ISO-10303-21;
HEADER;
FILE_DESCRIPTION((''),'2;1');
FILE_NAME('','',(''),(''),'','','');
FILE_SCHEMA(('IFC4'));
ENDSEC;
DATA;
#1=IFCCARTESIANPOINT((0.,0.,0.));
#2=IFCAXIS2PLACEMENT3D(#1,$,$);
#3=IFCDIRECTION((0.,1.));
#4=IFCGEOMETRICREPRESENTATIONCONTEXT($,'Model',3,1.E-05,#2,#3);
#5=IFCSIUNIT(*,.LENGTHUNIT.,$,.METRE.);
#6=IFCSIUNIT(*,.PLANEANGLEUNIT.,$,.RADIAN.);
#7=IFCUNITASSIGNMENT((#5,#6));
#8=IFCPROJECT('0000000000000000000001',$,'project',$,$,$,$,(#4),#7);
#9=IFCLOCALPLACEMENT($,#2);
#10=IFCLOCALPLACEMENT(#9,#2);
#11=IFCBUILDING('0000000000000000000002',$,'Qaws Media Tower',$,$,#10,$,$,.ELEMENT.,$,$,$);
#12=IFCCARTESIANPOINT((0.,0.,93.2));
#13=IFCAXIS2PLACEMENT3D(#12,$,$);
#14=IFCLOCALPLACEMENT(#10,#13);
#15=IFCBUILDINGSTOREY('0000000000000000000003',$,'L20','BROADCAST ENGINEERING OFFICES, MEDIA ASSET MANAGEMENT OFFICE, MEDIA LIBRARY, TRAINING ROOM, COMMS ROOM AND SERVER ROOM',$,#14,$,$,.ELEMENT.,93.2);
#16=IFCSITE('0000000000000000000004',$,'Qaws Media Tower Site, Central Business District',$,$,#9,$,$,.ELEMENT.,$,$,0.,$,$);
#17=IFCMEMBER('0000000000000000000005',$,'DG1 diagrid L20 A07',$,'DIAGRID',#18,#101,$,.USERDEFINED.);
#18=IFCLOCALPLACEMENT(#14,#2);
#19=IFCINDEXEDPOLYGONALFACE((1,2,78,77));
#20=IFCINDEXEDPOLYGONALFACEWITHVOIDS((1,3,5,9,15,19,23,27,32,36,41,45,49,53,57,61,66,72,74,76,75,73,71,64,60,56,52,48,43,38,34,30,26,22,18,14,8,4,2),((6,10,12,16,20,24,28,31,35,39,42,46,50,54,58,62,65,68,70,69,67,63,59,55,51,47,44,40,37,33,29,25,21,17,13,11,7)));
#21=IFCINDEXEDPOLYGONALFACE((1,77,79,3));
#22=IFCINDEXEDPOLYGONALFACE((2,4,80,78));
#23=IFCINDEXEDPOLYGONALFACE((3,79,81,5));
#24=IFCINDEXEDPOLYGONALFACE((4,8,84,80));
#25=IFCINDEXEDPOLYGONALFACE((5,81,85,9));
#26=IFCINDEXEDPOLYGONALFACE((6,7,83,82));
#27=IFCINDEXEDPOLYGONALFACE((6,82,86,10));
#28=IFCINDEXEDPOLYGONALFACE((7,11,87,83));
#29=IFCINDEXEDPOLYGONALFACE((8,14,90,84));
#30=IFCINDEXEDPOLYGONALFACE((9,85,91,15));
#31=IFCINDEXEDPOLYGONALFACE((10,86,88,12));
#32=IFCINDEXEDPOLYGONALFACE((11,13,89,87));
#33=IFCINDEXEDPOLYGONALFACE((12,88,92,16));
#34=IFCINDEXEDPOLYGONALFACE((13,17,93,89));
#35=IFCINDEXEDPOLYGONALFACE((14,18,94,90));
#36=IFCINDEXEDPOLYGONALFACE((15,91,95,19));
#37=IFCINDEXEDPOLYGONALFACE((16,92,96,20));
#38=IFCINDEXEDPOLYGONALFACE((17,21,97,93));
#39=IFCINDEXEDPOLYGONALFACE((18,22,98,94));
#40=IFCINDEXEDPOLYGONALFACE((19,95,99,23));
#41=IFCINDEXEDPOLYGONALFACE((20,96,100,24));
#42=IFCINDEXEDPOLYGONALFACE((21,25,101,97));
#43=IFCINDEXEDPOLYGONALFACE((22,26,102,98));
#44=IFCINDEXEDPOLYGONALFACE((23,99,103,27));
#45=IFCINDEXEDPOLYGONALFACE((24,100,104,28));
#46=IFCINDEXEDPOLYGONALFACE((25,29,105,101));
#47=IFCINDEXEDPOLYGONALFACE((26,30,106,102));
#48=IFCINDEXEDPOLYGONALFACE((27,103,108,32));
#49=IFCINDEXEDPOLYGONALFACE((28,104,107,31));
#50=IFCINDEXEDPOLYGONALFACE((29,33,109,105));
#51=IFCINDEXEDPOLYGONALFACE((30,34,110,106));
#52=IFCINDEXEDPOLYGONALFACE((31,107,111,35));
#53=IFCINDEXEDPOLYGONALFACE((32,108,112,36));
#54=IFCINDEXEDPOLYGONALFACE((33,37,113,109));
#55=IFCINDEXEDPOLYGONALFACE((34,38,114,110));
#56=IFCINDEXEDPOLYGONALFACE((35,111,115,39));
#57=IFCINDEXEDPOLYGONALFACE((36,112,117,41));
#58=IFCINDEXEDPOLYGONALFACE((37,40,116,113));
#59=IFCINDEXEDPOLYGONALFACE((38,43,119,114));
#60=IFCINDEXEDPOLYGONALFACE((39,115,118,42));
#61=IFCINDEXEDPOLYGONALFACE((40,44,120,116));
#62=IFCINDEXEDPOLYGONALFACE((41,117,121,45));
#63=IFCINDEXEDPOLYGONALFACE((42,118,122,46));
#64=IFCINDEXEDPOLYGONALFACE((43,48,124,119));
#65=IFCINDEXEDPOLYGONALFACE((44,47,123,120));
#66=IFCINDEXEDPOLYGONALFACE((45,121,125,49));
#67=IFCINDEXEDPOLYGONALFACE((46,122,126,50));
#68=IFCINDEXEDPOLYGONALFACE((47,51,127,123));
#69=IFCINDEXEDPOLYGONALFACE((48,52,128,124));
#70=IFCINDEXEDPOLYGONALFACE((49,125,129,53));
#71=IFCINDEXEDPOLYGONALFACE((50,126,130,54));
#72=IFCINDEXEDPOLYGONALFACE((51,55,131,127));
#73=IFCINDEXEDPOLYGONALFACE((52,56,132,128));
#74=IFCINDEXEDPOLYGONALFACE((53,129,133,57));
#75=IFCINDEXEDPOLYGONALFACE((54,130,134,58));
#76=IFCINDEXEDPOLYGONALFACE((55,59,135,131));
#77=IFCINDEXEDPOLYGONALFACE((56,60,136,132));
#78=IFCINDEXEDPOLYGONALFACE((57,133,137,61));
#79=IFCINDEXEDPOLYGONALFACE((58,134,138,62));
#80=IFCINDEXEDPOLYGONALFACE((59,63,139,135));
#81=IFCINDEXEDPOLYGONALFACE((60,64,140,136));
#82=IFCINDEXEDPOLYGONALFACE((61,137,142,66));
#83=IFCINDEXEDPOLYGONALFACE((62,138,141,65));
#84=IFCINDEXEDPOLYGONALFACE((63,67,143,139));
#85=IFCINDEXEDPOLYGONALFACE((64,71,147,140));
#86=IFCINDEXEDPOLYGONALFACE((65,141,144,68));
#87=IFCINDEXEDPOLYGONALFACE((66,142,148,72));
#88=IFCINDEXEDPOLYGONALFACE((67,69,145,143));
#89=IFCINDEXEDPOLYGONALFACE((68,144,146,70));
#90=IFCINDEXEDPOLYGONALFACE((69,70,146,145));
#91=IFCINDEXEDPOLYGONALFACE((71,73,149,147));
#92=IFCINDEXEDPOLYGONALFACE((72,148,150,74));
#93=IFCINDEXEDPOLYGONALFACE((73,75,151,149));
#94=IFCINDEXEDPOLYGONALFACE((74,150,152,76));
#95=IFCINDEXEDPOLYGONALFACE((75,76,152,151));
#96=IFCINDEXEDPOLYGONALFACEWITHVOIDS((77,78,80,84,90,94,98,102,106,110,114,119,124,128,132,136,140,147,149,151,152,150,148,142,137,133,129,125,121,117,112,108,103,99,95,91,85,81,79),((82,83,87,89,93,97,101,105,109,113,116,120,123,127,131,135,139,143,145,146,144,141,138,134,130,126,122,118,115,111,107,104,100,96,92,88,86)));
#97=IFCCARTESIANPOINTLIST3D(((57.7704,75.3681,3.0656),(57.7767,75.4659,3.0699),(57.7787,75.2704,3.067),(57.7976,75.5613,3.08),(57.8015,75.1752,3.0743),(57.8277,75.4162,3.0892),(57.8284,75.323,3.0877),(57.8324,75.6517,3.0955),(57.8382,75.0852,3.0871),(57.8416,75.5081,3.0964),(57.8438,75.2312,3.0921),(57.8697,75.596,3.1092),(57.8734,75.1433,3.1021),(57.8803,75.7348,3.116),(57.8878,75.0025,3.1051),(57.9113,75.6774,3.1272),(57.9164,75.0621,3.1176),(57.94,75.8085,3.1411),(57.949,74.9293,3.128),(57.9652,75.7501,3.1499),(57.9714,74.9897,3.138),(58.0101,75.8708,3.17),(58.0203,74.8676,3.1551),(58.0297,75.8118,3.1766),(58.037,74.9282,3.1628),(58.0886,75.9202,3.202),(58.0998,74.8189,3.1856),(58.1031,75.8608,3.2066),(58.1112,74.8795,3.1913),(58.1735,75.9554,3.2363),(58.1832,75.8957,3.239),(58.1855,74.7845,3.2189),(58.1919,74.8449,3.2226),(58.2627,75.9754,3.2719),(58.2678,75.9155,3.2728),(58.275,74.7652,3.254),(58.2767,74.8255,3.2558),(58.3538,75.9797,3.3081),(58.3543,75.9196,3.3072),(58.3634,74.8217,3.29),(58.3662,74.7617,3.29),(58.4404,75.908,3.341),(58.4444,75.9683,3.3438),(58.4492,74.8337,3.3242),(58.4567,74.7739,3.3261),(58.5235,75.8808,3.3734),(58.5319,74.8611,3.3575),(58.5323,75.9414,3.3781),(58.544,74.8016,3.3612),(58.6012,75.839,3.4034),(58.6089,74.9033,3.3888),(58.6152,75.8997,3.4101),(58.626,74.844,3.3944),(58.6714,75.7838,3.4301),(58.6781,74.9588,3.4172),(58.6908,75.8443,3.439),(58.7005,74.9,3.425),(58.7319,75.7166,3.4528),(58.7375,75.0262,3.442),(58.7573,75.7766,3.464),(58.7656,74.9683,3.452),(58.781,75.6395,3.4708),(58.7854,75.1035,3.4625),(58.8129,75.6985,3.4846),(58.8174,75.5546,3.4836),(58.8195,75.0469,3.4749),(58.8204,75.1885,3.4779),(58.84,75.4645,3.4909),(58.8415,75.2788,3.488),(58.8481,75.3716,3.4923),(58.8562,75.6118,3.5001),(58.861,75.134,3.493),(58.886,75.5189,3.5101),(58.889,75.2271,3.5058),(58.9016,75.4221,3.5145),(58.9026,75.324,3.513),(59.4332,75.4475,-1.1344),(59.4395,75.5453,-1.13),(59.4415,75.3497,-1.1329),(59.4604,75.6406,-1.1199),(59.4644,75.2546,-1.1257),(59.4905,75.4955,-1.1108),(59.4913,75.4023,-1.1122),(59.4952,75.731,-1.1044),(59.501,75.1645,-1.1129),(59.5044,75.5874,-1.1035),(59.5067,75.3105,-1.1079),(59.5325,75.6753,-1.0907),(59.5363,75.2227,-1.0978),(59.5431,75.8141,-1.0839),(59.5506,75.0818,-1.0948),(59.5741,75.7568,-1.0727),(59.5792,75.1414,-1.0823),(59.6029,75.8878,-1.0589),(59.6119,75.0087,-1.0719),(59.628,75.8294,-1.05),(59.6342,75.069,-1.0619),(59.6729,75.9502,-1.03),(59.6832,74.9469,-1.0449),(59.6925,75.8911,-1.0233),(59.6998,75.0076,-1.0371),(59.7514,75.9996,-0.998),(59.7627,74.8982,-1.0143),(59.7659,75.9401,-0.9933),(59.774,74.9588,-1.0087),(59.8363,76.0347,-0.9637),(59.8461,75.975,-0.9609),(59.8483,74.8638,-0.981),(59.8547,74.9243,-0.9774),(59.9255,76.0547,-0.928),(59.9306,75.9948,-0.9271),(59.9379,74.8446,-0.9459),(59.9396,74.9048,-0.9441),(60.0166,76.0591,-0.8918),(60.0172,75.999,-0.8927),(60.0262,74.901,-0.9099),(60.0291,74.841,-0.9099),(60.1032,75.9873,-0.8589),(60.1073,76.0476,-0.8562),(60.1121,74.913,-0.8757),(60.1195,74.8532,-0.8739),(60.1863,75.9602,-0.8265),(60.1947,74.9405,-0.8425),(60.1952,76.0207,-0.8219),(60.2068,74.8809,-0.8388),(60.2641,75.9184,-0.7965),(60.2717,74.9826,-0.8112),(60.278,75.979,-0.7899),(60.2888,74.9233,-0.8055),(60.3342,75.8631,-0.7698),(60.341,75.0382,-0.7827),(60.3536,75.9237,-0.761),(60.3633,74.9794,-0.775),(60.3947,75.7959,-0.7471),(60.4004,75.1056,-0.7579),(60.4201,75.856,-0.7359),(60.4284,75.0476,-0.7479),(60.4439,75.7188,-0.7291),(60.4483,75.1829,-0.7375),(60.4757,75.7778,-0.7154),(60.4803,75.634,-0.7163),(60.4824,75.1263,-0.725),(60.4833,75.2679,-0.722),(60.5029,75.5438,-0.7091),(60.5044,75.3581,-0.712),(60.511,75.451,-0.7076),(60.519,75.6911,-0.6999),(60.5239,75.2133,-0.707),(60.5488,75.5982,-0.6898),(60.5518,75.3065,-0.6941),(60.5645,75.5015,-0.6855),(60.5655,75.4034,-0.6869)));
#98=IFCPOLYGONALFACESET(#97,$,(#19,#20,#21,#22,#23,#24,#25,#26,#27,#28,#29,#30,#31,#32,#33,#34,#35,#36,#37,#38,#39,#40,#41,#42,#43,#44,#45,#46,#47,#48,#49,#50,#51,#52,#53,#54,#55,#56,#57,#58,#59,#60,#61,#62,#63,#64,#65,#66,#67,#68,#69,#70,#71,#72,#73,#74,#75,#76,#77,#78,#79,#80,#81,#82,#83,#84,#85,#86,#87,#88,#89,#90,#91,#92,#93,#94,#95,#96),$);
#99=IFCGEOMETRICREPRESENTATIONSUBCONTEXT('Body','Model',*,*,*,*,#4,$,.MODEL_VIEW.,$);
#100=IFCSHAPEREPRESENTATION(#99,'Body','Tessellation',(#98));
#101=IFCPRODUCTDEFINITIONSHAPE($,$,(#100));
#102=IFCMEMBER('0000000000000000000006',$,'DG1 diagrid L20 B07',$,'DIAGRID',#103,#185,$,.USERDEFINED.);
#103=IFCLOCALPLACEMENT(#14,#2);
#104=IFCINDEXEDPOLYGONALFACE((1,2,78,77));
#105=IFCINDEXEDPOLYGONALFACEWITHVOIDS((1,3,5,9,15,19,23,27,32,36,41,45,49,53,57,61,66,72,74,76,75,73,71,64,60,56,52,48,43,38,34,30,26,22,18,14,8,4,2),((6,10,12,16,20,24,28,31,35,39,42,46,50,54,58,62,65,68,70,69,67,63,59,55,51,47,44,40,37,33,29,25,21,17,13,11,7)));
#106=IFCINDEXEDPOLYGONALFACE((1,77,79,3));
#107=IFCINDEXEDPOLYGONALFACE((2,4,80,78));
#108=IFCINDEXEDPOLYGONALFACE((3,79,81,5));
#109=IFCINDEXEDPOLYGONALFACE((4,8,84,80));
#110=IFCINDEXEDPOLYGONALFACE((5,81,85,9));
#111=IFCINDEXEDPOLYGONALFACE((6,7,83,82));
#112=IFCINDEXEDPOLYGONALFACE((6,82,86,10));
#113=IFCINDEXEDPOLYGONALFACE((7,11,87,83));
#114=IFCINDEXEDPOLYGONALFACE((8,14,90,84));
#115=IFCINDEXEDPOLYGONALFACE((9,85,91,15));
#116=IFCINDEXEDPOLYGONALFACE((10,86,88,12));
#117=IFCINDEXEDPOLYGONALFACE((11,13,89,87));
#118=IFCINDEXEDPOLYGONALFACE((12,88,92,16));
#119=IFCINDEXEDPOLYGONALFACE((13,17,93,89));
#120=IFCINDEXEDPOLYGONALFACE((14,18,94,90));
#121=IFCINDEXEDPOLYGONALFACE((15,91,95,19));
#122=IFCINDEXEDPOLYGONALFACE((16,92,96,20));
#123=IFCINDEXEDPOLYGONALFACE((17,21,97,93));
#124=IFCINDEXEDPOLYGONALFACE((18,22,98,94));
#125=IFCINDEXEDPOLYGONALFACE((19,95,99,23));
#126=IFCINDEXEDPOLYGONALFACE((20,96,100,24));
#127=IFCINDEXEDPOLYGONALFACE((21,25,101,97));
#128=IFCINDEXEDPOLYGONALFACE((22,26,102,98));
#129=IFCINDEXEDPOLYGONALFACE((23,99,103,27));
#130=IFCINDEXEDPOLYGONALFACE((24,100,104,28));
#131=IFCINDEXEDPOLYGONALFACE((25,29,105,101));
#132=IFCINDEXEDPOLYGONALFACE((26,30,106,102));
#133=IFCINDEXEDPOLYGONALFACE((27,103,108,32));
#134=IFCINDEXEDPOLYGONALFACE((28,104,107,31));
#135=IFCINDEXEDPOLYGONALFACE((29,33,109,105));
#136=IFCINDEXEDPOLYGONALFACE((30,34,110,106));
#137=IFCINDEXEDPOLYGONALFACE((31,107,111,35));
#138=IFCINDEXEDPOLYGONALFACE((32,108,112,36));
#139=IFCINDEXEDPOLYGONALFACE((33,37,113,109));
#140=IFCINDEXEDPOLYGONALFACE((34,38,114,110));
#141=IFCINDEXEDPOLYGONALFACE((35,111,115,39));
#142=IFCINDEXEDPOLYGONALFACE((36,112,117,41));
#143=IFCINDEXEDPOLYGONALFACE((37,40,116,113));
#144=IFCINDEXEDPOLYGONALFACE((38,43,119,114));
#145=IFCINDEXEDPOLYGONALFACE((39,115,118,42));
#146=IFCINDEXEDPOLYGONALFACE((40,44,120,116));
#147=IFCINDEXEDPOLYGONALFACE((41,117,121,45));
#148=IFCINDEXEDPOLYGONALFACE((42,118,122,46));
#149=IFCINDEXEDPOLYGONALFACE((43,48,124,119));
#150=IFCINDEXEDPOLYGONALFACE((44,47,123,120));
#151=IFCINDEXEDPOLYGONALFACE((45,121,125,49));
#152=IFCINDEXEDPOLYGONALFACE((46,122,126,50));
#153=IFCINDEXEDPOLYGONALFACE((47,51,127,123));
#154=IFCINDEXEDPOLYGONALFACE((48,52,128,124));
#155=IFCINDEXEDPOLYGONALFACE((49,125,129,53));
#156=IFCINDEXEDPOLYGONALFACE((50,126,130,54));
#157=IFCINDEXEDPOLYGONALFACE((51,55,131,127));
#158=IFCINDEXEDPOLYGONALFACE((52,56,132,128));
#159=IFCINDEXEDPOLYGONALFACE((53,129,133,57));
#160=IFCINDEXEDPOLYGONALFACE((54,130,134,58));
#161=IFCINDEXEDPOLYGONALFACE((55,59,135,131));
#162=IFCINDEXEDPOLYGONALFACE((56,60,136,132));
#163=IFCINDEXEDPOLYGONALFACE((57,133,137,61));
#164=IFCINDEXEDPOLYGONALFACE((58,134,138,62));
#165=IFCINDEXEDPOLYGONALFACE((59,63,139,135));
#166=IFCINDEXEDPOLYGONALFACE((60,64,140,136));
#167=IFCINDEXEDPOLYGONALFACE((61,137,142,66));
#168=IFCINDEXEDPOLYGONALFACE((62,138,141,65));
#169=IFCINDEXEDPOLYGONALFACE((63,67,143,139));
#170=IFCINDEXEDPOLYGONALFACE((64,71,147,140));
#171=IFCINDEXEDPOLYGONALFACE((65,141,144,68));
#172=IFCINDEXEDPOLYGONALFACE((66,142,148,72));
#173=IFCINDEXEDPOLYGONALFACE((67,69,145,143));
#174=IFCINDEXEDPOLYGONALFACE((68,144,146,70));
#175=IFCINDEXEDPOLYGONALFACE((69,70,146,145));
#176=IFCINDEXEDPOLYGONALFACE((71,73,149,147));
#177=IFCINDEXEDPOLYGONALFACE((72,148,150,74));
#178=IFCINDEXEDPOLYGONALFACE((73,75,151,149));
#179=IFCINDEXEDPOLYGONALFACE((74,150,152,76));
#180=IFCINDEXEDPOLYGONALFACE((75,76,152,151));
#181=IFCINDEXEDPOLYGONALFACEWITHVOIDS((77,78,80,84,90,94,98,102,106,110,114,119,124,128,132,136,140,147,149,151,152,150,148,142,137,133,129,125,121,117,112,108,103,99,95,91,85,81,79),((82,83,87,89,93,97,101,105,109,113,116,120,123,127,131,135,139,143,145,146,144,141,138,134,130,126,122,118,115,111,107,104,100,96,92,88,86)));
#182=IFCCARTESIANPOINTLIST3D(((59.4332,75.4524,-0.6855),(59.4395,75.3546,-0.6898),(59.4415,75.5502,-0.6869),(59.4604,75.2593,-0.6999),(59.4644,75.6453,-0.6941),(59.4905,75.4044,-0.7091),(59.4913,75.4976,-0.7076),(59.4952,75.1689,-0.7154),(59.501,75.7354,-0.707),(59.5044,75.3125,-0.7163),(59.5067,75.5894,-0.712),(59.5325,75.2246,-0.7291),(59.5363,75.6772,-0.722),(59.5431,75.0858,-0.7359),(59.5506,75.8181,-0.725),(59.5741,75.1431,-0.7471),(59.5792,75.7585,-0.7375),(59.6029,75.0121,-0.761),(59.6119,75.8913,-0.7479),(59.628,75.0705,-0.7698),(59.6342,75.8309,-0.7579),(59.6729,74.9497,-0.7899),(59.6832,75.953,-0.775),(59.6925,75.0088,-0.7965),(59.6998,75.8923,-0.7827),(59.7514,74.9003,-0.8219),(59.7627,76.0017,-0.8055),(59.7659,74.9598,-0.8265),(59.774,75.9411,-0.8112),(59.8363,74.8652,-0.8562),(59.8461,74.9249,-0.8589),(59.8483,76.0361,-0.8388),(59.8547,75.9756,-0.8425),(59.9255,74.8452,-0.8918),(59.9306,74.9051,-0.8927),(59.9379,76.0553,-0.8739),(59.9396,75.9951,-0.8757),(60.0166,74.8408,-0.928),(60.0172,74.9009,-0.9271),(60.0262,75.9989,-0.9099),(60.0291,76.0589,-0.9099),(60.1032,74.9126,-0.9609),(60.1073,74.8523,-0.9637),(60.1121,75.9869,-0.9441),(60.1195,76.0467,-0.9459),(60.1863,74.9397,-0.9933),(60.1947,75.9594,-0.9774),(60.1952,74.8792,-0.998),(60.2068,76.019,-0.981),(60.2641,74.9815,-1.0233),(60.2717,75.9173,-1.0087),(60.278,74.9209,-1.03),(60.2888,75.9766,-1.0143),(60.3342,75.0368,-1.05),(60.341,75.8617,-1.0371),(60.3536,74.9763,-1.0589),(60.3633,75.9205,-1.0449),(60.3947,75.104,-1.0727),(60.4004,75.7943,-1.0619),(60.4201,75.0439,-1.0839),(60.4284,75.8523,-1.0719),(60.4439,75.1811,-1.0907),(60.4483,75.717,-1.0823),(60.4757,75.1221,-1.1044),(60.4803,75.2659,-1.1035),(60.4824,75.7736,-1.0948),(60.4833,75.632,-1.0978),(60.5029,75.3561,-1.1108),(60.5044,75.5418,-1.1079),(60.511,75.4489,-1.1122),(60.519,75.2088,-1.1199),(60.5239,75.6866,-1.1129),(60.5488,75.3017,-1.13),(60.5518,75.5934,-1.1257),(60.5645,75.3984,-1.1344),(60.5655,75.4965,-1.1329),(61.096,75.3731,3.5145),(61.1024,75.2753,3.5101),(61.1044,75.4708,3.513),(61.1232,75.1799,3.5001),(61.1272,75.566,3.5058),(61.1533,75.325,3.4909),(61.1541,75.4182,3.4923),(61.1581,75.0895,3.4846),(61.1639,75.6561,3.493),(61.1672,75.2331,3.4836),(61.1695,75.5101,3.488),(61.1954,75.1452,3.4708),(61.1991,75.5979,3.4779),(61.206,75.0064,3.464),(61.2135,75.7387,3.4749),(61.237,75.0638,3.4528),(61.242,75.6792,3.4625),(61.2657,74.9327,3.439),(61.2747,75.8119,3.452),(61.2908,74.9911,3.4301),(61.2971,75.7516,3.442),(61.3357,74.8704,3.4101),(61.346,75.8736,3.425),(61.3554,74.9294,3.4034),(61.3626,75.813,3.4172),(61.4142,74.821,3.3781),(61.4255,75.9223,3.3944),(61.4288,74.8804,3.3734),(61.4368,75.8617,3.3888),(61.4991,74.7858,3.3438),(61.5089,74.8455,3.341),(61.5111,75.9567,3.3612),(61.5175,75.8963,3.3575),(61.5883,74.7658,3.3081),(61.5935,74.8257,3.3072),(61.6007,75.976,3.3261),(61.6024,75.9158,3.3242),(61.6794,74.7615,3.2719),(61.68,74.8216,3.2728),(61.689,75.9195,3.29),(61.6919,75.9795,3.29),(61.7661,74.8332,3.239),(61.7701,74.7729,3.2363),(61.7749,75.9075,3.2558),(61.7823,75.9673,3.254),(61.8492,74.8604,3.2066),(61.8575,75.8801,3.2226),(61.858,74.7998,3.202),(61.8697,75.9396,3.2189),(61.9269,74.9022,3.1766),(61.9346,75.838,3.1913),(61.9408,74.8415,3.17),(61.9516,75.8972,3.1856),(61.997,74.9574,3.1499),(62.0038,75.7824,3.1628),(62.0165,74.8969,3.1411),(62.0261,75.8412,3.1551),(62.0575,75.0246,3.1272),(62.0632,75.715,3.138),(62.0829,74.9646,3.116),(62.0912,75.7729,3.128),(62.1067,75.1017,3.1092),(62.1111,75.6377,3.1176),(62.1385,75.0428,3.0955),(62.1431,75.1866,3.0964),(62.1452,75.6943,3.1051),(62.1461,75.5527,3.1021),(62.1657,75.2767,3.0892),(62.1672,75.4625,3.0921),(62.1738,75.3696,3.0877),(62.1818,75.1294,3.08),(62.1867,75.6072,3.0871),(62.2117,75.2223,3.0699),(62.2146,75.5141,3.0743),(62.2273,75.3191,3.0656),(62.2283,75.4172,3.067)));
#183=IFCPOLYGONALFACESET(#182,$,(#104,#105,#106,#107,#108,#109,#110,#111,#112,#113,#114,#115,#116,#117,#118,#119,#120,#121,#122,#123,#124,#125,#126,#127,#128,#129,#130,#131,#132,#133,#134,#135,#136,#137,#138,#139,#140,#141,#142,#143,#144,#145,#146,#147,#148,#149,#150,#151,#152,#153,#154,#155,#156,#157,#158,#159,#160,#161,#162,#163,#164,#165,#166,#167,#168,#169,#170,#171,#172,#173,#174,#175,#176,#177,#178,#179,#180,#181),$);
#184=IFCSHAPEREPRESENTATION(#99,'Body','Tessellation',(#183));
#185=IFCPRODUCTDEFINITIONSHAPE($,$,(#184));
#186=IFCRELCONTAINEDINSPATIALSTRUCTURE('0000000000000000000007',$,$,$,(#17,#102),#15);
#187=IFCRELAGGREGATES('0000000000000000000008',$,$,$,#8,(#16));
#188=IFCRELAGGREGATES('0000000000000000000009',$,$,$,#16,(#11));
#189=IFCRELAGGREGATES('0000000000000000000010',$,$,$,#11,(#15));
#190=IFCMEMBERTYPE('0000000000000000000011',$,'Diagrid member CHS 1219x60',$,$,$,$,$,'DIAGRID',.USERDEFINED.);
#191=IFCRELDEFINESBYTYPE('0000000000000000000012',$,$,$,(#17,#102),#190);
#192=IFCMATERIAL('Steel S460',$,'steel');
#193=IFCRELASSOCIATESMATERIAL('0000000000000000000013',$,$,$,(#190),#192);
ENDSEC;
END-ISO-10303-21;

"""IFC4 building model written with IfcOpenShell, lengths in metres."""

from ifc_helpers import new_model, si_unit, direction, frame, origin, origin_2d, place, context, subcontext, project, spatial, hollow_circle, extrude, material, material_profile, profile_set, type_object, element, save


model = new_model("IFC4")

# Units and contexts
model_context = context("Model", 3, precision=1e-05, world=origin(), true_north=direction((0.0, 1.0)))
body_context = subcontext(model_context, "Body", "Model", "MODEL_VIEW")
ifc_project = project(units=[si_unit("LENGTHUNIT", "METRE"), si_unit("PLANEANGLEUNIT", "RADIAN")], contexts=[model_context])

# Site, building, storey
site_placement = place(None, origin())
site = spatial("IfcSite", under=ifc_project, at=site_placement, Name="Qaws Media Tower Site, Central Business District", CompositionType="ELEMENT", RefElevation=0.0)
building_placement = place(site_placement, origin())
building = spatial("IfcBuilding", under=site, at=building_placement, Name="Qaws Media Tower", CompositionType="ELEMENT")
storey_placement = place(building_placement, frame((0.0, 0.0, 93.2)))
storey = spatial("IfcBuildingStorey", under=building, at=storey_placement, Name="L20", Description="BROADCAST ENGINEERING OFFICES, MEDIA ASSET MANAGEMENT OFFICE, MEDIA LIBRARY, TRAINING ROOM, COMMS ROOM AND SERVER ROOM", CompositionType="ELEMENT", Elevation=93.2)

# Members
ifc_material_1 = material(Name="Steel S460", Category="steel")
ifc_material_profile_1 = material_profile(ifc_material_1, hollow_circle(Radius=0.6096, WallThickness=0.0601, at=origin_2d()), Name="CHS 1219x60")
ifc_profile_set_1 = profile_set([ifc_material_profile_1], Name="Steel S460")
member_type_1 = type_object("IfcMemberType", Name="Diagrid member CHS 1219x60", ElementType="DIAGRID", PredefinedType="USERDEFINED", material=ifc_profile_set_1)
for number, where, z_axis, x_axis, name in (
    (1, (60.0, 75.45, -0.9099), (-0.368061, -0.017563, 0.929636), (0.047663, -0.998863, 0.0), "DG1 diagrid L20 A07"),
    (2, (60.0, 75.45, -0.9099), (0.368061, -0.017563, 0.929636), (0.047663, 0.998863, 0.0), "DG1 diagrid L20 B07"),
):
    element("IfcMember", number, at=place(storey_placement, frame(where, z_axis=z_axis, x_axis=x_axis)), inside=storey, type_object=member_type_1, Name=name, ObjectType="DIAGRID", PredefinedType="USERDEFINED", context=body_context, shape_type="SweptSolid", body=[
        extrude(hollow_circle(Radius=0.6096, WallThickness=0.0601, at=origin_2d()), origin(), (0.0, 0.0, 1.0), 4.5178),
    ])

save(model, "model.ifc")
